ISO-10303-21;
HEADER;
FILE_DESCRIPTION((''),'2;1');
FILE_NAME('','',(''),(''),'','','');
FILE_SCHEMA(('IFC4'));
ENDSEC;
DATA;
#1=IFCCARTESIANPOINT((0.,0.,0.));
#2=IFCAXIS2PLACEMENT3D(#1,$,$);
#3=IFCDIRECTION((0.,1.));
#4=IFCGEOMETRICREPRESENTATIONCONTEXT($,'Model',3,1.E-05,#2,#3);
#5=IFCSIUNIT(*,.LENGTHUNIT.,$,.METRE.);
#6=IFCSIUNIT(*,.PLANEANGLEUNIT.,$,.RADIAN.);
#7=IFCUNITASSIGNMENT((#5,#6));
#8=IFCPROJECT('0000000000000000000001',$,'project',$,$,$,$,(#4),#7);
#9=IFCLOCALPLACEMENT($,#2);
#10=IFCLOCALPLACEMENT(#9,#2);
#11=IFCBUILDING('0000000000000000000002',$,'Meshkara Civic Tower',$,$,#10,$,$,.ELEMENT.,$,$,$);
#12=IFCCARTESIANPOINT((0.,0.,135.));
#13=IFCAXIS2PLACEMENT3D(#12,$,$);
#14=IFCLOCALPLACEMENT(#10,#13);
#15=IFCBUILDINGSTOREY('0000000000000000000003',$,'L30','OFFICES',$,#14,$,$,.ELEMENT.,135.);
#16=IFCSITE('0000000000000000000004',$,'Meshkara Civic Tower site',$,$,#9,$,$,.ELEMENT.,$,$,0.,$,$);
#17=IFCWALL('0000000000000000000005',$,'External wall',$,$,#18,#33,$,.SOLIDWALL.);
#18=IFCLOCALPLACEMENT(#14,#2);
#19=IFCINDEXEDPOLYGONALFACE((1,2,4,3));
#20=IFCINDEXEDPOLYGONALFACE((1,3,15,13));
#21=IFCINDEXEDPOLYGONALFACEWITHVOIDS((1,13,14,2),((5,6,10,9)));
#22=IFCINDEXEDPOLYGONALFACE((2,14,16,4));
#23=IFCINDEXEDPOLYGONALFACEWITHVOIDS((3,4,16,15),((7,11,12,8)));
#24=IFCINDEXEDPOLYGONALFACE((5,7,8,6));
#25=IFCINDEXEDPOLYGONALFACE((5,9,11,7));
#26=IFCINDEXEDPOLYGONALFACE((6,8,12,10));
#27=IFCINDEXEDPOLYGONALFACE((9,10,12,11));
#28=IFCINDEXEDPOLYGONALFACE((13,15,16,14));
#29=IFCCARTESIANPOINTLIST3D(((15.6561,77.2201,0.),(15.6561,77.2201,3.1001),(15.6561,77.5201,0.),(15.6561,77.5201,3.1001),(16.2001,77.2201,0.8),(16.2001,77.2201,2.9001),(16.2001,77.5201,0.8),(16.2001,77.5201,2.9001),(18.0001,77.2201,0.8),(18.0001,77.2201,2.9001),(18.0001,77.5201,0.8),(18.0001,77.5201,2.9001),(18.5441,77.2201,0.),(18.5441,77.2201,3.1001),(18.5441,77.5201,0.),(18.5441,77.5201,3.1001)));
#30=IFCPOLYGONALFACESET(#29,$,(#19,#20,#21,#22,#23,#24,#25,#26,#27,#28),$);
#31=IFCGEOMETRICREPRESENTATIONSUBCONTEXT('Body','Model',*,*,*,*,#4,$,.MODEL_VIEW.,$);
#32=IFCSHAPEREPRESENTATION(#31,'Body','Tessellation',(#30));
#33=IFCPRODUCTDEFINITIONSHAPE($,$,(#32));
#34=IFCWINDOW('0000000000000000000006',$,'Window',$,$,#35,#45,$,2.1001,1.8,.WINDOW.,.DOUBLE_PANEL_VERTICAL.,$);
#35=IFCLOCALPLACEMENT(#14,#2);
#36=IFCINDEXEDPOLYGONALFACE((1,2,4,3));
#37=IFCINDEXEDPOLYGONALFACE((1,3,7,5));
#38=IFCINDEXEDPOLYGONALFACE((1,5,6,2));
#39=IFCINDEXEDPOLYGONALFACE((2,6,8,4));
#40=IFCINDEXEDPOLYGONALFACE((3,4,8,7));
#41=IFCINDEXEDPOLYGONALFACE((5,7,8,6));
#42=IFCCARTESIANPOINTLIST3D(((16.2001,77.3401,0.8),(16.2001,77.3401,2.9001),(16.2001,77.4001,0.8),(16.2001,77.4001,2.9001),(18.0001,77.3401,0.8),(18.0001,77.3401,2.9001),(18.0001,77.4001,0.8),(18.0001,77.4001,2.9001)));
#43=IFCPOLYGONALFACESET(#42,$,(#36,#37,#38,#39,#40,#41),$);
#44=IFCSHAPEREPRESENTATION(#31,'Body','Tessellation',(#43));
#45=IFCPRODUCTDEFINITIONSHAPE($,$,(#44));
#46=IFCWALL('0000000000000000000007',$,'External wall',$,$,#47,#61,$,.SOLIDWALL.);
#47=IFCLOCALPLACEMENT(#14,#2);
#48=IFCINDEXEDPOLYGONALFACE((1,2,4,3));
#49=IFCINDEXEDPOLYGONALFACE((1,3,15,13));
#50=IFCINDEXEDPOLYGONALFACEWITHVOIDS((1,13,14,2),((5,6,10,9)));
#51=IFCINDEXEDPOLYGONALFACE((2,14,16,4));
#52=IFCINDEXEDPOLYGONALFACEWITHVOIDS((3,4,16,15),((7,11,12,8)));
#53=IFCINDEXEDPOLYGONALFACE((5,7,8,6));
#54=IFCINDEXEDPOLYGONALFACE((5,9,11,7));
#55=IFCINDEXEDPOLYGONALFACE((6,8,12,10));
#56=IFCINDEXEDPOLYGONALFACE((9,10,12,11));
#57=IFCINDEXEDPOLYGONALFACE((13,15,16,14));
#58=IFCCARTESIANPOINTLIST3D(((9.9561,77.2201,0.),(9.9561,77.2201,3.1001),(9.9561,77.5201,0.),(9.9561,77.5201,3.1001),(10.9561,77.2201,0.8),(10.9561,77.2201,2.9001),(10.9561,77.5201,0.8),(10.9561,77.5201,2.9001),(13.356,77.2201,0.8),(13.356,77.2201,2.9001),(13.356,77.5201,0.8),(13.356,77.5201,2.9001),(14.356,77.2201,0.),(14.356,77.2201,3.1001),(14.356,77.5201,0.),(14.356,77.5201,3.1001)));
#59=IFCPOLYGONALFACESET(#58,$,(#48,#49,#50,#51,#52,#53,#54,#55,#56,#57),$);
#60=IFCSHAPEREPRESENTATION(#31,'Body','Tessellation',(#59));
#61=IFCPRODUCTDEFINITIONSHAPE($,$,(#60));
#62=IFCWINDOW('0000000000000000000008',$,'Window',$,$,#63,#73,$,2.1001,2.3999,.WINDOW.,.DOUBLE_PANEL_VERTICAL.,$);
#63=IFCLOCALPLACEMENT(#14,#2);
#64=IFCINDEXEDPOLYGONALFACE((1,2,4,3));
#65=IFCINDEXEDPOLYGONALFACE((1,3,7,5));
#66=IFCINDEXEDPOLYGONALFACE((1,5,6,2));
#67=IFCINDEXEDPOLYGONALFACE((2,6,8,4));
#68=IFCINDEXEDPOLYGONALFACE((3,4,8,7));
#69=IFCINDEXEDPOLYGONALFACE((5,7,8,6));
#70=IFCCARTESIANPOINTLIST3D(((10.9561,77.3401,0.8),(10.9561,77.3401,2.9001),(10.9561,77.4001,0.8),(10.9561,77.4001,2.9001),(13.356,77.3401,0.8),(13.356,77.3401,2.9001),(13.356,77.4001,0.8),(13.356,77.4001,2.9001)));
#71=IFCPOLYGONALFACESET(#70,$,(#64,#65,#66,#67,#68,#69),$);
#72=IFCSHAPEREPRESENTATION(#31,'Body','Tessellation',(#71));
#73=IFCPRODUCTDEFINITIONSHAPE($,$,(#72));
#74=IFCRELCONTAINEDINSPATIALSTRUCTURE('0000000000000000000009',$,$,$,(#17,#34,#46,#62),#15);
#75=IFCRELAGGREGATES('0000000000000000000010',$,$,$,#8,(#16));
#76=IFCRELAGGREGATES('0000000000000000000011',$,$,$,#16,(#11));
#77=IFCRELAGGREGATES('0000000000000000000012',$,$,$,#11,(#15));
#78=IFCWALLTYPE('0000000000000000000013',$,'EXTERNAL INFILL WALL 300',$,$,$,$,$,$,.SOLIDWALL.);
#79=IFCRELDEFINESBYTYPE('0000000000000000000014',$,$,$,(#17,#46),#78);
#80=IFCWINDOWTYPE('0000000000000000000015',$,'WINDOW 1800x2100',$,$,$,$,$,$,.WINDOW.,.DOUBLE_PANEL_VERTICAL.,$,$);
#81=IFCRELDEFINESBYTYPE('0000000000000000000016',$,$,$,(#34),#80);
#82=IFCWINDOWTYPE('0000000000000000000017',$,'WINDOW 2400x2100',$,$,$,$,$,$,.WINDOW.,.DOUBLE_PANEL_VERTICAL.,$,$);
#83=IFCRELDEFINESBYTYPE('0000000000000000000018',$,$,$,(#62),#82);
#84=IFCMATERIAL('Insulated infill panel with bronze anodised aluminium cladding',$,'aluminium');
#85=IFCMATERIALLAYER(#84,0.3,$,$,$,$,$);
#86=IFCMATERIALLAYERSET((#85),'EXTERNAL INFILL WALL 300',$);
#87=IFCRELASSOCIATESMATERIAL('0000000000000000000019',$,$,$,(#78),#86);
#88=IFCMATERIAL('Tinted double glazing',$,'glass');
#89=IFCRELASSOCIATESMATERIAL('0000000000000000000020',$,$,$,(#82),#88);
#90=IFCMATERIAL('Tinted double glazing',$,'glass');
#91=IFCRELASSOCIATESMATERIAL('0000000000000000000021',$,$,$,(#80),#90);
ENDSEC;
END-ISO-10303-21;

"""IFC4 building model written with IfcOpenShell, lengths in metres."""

from ifc_helpers import new_model, si_unit, direction, frame, frame_2d, origin, place, context, subcontext, project, spatial, rectangle, extrude, material, layer, layer_set, type_object, element, fill, save


model = new_model("IFC4")

# Units and contexts
model_context = context("Model", 3, precision=1e-05, world=origin(), true_north=direction((0.0, 1.0)))
body_context = subcontext(model_context, "Body", "Model", "MODEL_VIEW")
ifc_project = project(units=[si_unit("LENGTHUNIT", "METRE"), si_unit("PLANEANGLEUNIT", "RADIAN")], contexts=[model_context])

# Site, building, storey
site_placement = place(None, origin())
site = spatial("IfcSite", under=ifc_project, at=site_placement, Name="Meshkara Civic Tower site", CompositionType="ELEMENT", RefElevation=0.0)
building_placement = place(site_placement, origin())
building = spatial("IfcBuilding", under=site, at=building_placement, Name="Meshkara Civic Tower", CompositionType="ELEMENT")
storey_placement = place(building_placement, frame((0.0, 0.0, 135.0)))
storey = spatial("IfcBuildingStorey", under=building, at=storey_placement, Name="L30", Description="OFFICES", CompositionType="ELEMENT", Elevation=135.0)

# Walls, openings, windows
ifc_material_1 = material(Name="Insulated infill panel with bronze anodised aluminium cladding", Category="aluminium")
ifc_layer = layer(ifc_material_1, 0.3)
ifc_layer_set = layer_set([ifc_layer], Name="EXTERNAL INFILL WALL 300")
wall_type = type_object("IfcWallType", Name="EXTERNAL INFILL WALL 300", PredefinedType="SOLIDWALL", material=ifc_layer_set)
ifc_material_2 = material(Name="Tinted double glazing", Category="glass")
window_type_1 = type_object("IfcWindowType", Name="WINDOW 2400x2100", PartitioningType="DOUBLE_PANEL_VERTICAL", PredefinedType="WINDOW", material=ifc_material_2)
ifc_material_3 = material(Name="Tinted double glazing", Category="glass")
window_type_2 = type_object("IfcWindowType", Name="WINDOW 1800x2100", PartitioningType="DOUBLE_PANEL_VERTICAL", PredefinedType="WINDOW", material=ifc_material_3)
wall_1_placement = place(storey_placement, frame((18.5439, 77.3701, 0.0), z_axis=(0.0, 0.0, 1.0), x_axis=(-1.0, 0.0, 0.0)))
wall_1 = element("IfcWall", 1, at=wall_1_placement, inside=storey, type_object=wall_type, Name="External wall", PredefinedType="SOLIDWALL", context=body_context, shape_type="SweptSolid", body=[
    extrude(rectangle(XDim=2.8879, YDim=0.3, at=frame_2d((1.4438, 0.0))), origin(), (0.0, 0.0, 1.0), 3.1001),
])
opening_1_placement = place(wall_1_placement, frame((0.5439, 0.0, 0.8)))
opening_1 = element("IfcOpeningElement", 2, at=opening_1_placement, cuts=wall_1, PredefinedType="OPENING", context=body_context, shape_type="SweptSolid", body=[
    extrude(rectangle(XDim=1.8, YDim=2.1001, at=frame_2d((0.8999, 1.05))), frame((0.0, 0.1599, 0.0), z_axis=(0.0, -1.0, 0.0), x_axis=(1.0, 0.0, 0.0)), (0.0, 0.0, 1.0), 0.3201),
])
window_1_placement = place(opening_1_placement, origin())
window_1 = element("IfcWindow", 3, at=window_1_placement, inside=storey, type_object=window_type_2, Name="Window", OverallHeight=2.1001, OverallWidth=1.8, PartitioningType="DOUBLE_PANEL_VERTICAL", PredefinedType="WINDOW", context=body_context, shape_type="SweptSolid", body=[
    extrude(rectangle(XDim=1.8, YDim=2.1001, at=frame_2d((0.8999, 1.05))), frame((0.0, 0.03, 0.0), z_axis=(0.0, -1.0, 0.0), x_axis=(1.0, 0.0, 0.0)), (0.0, 0.0, 1.0), 0.0601),
])
fill(opening_1, window_1)
wall_2_placement = place(storey_placement, frame((14.356, 77.3701, 0.0), z_axis=(0.0, 0.0, 1.0), x_axis=(-1.0, 0.0, 0.0)))
wall_2 = element("IfcWall", 4, at=wall_2_placement, inside=storey, type_object=wall_type, Name="External wall", PredefinedType="SOLIDWALL", context=body_context, shape_type="SweptSolid", body=[
    extrude(rectangle(XDim=4.3999, YDim=0.3, at=frame_2d((2.2, 0.0))), origin(), (0.0, 0.0, 1.0), 3.1001),
])
opening_2_placement = place(wall_2_placement, frame((1.0, 0.0, 0.8)))
opening_2 = element("IfcOpeningElement", 5, at=opening_2_placement, cuts=wall_2, PredefinedType="OPENING", context=body_context, shape_type="SweptSolid", body=[
    extrude(rectangle(XDim=2.3999, YDim=2.1001, at=frame_2d((1.2, 1.05))), frame((0.0, 0.1599, 0.0), z_axis=(0.0, -1.0, 0.0), x_axis=(1.0, 0.0, 0.0)), (0.0, 0.0, 1.0), 0.3201),
])
window_2_placement = place(opening_2_placement, origin())
window_2 = element("IfcWindow", 6, at=window_2_placement, inside=storey, type_object=window_type_1, Name="Window", OverallHeight=2.1001, OverallWidth=2.3999, PartitioningType="DOUBLE_PANEL_VERTICAL", PredefinedType="WINDOW", context=body_context, shape_type="SweptSolid", body=[
    extrude(rectangle(XDim=2.3999, YDim=2.1001, at=frame_2d((1.2, 1.05))), frame((0.0, 0.03, 0.0), z_axis=(0.0, -1.0, 0.0), x_axis=(1.0, 0.0, 0.0)), (0.0, 0.0, 1.0), 0.0601),
])
fill(opening_2, window_2)

save(model, "model.ifc")
